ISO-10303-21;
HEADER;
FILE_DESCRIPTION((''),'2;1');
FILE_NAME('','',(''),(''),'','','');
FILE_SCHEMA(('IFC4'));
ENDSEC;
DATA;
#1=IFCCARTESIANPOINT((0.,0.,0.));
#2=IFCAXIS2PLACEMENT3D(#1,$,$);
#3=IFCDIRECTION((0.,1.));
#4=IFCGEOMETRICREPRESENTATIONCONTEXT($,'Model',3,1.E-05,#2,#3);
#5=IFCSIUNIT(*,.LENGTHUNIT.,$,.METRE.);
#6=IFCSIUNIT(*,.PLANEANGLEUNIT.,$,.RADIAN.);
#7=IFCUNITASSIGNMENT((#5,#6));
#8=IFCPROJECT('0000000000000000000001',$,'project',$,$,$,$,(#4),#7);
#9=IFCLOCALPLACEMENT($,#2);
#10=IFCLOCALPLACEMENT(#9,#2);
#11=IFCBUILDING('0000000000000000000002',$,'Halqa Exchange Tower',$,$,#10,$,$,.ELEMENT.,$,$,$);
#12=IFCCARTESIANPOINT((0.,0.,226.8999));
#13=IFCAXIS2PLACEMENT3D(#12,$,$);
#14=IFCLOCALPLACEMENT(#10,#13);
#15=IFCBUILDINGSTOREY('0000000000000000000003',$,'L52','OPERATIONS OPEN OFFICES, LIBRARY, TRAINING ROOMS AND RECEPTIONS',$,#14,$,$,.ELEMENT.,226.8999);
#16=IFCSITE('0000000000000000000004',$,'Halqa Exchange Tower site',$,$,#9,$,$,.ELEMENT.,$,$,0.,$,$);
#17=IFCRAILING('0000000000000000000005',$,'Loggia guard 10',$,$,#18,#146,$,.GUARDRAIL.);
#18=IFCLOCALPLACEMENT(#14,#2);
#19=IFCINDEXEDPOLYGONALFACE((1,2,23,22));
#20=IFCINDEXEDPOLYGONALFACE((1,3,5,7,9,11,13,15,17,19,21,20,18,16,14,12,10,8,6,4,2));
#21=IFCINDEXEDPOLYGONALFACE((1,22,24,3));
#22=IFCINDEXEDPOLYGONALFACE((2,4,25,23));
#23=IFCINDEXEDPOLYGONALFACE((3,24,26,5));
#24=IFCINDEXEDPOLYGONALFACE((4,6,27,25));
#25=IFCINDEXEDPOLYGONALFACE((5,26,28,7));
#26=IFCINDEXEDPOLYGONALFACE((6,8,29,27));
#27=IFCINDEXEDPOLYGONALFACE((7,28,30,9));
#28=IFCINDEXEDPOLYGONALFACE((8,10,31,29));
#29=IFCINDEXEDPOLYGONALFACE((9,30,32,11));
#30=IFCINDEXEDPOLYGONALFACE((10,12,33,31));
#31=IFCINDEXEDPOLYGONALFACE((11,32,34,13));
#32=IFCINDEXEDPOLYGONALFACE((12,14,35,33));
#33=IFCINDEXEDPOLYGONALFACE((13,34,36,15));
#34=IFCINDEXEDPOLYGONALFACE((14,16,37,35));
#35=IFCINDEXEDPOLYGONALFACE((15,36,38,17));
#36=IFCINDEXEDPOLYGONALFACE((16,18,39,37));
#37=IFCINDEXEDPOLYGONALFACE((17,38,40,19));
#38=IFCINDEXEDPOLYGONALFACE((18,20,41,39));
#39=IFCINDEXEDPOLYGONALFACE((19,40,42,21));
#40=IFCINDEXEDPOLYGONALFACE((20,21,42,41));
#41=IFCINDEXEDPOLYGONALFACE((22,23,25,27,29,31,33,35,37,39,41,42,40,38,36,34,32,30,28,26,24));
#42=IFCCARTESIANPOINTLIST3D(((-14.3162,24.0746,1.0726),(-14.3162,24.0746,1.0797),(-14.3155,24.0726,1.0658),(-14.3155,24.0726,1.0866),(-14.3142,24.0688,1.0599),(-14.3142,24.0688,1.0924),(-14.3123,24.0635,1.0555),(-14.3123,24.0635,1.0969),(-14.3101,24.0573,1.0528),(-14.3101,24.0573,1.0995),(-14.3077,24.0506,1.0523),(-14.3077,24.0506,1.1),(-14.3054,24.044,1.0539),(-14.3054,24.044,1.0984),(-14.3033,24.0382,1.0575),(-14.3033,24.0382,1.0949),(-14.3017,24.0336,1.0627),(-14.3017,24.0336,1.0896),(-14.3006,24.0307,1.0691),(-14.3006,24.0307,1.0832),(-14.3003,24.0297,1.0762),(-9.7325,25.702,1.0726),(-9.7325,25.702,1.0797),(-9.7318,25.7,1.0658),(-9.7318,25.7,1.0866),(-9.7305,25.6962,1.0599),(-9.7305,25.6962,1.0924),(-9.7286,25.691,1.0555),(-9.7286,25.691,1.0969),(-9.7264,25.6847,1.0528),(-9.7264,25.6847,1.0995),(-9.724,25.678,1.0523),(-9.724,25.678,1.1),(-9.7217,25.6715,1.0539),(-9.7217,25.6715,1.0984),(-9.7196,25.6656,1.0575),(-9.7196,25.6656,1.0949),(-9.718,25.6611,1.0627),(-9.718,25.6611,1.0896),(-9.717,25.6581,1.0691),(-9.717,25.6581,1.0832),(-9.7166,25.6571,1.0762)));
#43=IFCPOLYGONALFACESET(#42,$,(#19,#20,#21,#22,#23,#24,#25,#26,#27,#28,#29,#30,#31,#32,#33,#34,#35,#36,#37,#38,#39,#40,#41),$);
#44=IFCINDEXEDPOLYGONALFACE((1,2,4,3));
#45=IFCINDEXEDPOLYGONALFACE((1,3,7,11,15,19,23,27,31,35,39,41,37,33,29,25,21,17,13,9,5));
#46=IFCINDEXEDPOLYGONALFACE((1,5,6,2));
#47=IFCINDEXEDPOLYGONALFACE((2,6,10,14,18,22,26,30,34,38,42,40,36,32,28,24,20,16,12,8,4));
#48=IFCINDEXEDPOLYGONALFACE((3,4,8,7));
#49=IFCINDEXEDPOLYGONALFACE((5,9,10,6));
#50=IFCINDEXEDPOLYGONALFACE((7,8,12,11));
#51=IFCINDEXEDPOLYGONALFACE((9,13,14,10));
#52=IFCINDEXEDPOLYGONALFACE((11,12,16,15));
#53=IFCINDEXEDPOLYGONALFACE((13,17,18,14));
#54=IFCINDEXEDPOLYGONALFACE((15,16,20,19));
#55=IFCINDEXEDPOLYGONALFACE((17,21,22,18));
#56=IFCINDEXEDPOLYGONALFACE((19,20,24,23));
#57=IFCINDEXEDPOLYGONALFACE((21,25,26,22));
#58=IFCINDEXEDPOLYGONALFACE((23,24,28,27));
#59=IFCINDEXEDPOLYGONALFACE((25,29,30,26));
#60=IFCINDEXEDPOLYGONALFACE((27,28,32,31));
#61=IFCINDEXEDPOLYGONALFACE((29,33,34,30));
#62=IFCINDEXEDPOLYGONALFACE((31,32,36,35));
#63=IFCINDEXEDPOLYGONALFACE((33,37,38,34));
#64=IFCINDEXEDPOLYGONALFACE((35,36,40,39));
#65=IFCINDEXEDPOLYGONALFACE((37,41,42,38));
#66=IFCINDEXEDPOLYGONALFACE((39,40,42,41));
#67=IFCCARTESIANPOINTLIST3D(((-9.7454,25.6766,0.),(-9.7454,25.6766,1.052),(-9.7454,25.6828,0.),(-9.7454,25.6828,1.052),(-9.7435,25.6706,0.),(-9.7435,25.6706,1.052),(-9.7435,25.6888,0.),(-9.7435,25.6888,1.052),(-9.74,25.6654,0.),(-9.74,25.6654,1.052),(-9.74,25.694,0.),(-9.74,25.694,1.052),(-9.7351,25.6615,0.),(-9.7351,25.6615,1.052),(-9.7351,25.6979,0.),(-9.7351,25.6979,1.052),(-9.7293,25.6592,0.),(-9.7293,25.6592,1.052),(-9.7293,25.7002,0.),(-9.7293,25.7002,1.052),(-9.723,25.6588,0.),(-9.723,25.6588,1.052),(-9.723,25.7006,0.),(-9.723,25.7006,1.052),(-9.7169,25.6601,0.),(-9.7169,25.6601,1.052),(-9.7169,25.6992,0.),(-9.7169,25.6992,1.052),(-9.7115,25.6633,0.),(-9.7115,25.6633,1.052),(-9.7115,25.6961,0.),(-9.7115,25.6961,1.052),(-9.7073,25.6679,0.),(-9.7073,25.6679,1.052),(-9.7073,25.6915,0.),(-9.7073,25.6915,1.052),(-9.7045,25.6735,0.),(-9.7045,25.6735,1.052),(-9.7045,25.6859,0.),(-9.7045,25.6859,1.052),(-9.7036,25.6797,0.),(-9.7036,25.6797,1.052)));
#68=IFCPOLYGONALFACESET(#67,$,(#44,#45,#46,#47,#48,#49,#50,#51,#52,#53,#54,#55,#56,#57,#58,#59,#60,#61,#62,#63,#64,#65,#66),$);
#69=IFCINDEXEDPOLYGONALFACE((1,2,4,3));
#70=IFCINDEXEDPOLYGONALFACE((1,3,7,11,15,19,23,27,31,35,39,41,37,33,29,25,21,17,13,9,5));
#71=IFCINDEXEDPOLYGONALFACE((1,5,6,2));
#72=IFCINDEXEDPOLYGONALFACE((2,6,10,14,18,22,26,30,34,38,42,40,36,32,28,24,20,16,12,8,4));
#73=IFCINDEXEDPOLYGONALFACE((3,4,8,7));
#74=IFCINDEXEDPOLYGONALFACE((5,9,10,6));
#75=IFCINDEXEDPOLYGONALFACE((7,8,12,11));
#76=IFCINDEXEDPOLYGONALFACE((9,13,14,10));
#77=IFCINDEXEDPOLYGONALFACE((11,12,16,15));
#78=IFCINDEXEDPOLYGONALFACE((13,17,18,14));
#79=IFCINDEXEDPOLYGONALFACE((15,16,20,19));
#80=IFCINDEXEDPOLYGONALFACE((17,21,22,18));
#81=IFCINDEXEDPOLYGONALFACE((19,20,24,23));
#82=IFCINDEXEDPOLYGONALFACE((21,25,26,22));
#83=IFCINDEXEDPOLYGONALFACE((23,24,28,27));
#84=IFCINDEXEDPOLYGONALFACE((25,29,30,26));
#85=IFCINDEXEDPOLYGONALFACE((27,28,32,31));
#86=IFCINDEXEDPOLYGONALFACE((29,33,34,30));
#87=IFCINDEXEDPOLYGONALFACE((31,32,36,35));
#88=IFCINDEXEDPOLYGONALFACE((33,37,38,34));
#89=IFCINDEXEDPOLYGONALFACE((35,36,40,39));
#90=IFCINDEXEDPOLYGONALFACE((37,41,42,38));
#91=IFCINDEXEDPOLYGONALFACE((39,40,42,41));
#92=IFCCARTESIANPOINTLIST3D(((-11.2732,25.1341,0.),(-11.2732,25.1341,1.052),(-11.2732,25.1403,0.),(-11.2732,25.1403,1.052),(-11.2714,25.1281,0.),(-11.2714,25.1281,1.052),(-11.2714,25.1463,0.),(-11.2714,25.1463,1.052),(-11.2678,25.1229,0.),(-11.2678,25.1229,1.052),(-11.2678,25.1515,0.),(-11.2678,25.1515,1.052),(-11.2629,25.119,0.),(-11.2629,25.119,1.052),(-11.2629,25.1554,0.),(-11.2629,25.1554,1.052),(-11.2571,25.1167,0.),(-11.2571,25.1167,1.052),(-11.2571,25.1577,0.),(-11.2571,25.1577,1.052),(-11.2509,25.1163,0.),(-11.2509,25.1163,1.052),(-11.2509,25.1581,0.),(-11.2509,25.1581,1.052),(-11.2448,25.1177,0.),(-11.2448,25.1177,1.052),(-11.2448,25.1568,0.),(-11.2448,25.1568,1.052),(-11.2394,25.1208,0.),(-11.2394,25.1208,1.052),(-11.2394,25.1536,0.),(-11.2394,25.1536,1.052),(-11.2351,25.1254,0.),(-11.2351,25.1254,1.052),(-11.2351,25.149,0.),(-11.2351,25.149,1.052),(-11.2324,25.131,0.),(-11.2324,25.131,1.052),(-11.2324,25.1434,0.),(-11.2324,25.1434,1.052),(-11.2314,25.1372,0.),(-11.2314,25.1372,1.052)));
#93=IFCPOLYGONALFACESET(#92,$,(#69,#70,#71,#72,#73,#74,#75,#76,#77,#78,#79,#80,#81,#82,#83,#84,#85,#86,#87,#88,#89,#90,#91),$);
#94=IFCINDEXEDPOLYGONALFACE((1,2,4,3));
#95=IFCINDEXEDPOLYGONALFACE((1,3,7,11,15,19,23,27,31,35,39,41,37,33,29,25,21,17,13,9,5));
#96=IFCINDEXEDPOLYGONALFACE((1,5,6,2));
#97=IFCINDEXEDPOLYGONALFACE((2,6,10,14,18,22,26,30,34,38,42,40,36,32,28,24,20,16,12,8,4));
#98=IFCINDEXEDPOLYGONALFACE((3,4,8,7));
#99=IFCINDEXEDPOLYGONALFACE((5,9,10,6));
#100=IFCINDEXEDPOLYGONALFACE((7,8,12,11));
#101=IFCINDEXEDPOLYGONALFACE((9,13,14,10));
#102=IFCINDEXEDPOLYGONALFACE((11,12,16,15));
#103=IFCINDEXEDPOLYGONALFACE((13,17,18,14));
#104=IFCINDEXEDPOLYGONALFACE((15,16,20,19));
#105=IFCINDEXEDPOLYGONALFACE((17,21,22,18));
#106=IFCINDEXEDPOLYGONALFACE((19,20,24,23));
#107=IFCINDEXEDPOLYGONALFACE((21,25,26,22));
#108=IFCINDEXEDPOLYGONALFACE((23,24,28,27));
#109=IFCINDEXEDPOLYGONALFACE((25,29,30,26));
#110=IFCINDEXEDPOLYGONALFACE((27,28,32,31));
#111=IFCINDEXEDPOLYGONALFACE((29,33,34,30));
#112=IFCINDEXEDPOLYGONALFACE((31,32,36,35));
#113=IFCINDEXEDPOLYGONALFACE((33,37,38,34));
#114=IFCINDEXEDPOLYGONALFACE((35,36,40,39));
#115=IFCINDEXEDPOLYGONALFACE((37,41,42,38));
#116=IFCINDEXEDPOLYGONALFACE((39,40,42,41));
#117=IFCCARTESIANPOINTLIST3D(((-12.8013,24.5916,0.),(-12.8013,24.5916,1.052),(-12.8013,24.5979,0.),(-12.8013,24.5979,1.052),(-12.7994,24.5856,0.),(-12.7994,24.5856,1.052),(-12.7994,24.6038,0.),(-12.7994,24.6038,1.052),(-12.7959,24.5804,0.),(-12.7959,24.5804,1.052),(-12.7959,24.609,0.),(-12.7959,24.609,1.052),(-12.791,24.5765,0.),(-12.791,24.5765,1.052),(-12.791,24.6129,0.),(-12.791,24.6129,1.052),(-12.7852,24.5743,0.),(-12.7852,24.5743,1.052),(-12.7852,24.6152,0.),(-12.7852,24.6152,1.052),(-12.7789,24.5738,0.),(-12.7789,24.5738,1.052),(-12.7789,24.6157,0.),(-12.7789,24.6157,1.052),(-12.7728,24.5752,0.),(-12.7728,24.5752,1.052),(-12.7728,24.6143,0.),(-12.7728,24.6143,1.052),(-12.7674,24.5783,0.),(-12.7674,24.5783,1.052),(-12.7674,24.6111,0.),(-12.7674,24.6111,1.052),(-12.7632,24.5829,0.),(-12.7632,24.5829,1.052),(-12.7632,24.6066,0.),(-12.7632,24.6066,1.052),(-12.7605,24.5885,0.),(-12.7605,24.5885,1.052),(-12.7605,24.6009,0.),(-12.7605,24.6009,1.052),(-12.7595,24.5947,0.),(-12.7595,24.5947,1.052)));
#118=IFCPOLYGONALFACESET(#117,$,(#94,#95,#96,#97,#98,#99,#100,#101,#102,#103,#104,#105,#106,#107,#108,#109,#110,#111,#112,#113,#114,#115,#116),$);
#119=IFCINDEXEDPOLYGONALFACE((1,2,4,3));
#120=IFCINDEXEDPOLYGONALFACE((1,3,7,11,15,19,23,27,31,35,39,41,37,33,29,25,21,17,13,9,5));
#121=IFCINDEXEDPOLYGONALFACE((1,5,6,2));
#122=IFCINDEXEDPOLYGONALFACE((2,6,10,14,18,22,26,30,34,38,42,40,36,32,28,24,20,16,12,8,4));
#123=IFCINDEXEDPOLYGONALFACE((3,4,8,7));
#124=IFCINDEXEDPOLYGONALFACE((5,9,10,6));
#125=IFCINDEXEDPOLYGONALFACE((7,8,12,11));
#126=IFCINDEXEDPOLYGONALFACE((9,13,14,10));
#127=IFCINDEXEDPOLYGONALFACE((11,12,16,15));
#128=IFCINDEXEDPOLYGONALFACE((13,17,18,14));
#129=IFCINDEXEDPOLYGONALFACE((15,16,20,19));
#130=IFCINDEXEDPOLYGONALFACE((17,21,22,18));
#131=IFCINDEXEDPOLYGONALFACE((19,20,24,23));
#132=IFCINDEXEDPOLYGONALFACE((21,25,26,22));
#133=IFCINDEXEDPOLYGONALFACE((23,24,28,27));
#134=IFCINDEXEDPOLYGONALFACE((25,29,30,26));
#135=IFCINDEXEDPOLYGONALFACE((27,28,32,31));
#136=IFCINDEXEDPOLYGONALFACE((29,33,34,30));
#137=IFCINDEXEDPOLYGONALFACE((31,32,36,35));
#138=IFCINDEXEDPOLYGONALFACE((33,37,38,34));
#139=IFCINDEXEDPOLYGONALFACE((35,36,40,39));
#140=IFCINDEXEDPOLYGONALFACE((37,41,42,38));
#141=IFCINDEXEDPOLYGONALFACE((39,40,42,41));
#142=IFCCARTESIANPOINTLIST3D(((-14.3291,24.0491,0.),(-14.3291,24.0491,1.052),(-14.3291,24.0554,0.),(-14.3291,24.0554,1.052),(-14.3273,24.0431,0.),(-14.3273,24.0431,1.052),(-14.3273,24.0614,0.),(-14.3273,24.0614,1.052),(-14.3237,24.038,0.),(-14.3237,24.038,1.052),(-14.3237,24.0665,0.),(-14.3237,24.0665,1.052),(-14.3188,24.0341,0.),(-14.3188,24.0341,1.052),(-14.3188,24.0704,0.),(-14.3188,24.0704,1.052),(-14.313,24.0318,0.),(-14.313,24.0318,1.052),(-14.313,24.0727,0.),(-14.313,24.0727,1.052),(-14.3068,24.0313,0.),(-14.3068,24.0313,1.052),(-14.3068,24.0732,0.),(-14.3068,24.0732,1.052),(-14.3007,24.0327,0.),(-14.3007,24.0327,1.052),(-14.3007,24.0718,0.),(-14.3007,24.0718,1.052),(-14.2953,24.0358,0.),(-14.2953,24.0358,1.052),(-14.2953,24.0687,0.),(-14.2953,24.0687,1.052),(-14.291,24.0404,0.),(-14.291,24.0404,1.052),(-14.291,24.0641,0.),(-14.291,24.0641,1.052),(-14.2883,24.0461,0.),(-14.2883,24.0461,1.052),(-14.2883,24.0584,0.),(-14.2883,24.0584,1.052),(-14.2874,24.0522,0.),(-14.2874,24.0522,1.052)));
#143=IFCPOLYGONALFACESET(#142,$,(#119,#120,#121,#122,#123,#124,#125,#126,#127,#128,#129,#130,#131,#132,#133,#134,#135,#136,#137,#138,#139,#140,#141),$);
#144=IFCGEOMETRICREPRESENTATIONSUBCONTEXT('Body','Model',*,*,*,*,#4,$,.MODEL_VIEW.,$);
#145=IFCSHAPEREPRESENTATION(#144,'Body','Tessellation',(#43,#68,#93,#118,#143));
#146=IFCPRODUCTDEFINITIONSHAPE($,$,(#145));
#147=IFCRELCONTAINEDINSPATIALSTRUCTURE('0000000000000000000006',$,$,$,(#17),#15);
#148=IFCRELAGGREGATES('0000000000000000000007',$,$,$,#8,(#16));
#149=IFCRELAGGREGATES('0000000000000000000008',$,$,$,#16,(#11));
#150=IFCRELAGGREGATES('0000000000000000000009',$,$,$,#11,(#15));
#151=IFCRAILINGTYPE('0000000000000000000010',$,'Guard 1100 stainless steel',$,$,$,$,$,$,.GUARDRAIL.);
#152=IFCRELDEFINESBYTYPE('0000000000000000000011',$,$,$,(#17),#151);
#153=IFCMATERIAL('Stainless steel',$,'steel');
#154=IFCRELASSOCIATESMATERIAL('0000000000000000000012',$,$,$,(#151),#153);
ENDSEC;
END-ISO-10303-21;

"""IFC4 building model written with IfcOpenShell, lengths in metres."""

from ifc_helpers import new_model, si_unit, direction, frame, origin, origin_2d, place, context, subcontext, project, spatial, circle, extrude, material, type_object, element, save


model = new_model("IFC4")

# Units and contexts
model_context = context("Model", 3, precision=1e-05, world=origin(), true_north=direction((0.0, 1.0)))
body_context = subcontext(model_context, "Body", "Model", "MODEL_VIEW")
ifc_project = project(units=[si_unit("LENGTHUNIT", "METRE"), si_unit("PLANEANGLEUNIT", "RADIAN")], contexts=[model_context])

# Site, building, storey
site_placement = place(None, origin())
site = spatial("IfcSite", under=ifc_project, at=site_placement, Name="Halqa Exchange Tower site", CompositionType="ELEMENT", RefElevation=0.0)
building_placement = place(site_placement, origin())
building = spatial("IfcBuilding", under=site, at=building_placement, Name="Halqa Exchange Tower", CompositionType="ELEMENT")
storey_placement = place(building_placement, frame((0.0, 0.0, 226.8999)))
storey = spatial("IfcBuildingStorey", under=building, at=storey_placement, Name="L52", Description="OPERATIONS OPEN OFFICES, LIBRARY, TRAINING ROOMS AND RECEPTIONS", CompositionType="ELEMENT", Elevation=226.8999)

# Railing
ifc_material_1 = material(Name="Stainless steel", Category="steel")
railing_type_1 = type_object("IfcRailingType", Name="Guard 1100 stainless steel", PredefinedType="GUARDRAIL", material=ifc_material_1)
railing_1_placement = place(storey_placement, frame((-9.7246, 25.6797, 0.0)))
element("IfcRailing", 1, at=railing_1_placement, inside=storey, type_object=railing_type_1, Name="Loggia guard 10", PredefinedType="GUARDRAIL", context=body_context, shape_type="SweptSolid", body=[
    extrude(circle(Radius=0.0239, at=origin_2d()), frame((0.0, 0.0, 1.0762), z_axis=(-0.942366, -0.334584, 0.0), x_axis=(0.334584, -0.942366, 0.0)), (0.0, 0.0, 1.0), 4.864),
    extrude(circle(Radius=0.021, at=origin_2d()), origin(), (0.0, 0.0, 1.0), 1.052),
    extrude(circle(Radius=0.021, at=origin_2d()), frame((-1.5278, -0.5425, 0.0)), (0.0, 0.0, 1.0), 1.052),
    extrude(circle(Radius=0.021, at=origin_2d()), frame((-3.0559, -1.085, 0.0)), (0.0, 0.0, 1.0), 1.052),
    extrude(circle(Radius=0.021, at=origin_2d()), frame((-4.5837, -1.6274, 0.0)), (0.0, 0.0, 1.0), 1.052),
])

save(model, "model.ifc")
